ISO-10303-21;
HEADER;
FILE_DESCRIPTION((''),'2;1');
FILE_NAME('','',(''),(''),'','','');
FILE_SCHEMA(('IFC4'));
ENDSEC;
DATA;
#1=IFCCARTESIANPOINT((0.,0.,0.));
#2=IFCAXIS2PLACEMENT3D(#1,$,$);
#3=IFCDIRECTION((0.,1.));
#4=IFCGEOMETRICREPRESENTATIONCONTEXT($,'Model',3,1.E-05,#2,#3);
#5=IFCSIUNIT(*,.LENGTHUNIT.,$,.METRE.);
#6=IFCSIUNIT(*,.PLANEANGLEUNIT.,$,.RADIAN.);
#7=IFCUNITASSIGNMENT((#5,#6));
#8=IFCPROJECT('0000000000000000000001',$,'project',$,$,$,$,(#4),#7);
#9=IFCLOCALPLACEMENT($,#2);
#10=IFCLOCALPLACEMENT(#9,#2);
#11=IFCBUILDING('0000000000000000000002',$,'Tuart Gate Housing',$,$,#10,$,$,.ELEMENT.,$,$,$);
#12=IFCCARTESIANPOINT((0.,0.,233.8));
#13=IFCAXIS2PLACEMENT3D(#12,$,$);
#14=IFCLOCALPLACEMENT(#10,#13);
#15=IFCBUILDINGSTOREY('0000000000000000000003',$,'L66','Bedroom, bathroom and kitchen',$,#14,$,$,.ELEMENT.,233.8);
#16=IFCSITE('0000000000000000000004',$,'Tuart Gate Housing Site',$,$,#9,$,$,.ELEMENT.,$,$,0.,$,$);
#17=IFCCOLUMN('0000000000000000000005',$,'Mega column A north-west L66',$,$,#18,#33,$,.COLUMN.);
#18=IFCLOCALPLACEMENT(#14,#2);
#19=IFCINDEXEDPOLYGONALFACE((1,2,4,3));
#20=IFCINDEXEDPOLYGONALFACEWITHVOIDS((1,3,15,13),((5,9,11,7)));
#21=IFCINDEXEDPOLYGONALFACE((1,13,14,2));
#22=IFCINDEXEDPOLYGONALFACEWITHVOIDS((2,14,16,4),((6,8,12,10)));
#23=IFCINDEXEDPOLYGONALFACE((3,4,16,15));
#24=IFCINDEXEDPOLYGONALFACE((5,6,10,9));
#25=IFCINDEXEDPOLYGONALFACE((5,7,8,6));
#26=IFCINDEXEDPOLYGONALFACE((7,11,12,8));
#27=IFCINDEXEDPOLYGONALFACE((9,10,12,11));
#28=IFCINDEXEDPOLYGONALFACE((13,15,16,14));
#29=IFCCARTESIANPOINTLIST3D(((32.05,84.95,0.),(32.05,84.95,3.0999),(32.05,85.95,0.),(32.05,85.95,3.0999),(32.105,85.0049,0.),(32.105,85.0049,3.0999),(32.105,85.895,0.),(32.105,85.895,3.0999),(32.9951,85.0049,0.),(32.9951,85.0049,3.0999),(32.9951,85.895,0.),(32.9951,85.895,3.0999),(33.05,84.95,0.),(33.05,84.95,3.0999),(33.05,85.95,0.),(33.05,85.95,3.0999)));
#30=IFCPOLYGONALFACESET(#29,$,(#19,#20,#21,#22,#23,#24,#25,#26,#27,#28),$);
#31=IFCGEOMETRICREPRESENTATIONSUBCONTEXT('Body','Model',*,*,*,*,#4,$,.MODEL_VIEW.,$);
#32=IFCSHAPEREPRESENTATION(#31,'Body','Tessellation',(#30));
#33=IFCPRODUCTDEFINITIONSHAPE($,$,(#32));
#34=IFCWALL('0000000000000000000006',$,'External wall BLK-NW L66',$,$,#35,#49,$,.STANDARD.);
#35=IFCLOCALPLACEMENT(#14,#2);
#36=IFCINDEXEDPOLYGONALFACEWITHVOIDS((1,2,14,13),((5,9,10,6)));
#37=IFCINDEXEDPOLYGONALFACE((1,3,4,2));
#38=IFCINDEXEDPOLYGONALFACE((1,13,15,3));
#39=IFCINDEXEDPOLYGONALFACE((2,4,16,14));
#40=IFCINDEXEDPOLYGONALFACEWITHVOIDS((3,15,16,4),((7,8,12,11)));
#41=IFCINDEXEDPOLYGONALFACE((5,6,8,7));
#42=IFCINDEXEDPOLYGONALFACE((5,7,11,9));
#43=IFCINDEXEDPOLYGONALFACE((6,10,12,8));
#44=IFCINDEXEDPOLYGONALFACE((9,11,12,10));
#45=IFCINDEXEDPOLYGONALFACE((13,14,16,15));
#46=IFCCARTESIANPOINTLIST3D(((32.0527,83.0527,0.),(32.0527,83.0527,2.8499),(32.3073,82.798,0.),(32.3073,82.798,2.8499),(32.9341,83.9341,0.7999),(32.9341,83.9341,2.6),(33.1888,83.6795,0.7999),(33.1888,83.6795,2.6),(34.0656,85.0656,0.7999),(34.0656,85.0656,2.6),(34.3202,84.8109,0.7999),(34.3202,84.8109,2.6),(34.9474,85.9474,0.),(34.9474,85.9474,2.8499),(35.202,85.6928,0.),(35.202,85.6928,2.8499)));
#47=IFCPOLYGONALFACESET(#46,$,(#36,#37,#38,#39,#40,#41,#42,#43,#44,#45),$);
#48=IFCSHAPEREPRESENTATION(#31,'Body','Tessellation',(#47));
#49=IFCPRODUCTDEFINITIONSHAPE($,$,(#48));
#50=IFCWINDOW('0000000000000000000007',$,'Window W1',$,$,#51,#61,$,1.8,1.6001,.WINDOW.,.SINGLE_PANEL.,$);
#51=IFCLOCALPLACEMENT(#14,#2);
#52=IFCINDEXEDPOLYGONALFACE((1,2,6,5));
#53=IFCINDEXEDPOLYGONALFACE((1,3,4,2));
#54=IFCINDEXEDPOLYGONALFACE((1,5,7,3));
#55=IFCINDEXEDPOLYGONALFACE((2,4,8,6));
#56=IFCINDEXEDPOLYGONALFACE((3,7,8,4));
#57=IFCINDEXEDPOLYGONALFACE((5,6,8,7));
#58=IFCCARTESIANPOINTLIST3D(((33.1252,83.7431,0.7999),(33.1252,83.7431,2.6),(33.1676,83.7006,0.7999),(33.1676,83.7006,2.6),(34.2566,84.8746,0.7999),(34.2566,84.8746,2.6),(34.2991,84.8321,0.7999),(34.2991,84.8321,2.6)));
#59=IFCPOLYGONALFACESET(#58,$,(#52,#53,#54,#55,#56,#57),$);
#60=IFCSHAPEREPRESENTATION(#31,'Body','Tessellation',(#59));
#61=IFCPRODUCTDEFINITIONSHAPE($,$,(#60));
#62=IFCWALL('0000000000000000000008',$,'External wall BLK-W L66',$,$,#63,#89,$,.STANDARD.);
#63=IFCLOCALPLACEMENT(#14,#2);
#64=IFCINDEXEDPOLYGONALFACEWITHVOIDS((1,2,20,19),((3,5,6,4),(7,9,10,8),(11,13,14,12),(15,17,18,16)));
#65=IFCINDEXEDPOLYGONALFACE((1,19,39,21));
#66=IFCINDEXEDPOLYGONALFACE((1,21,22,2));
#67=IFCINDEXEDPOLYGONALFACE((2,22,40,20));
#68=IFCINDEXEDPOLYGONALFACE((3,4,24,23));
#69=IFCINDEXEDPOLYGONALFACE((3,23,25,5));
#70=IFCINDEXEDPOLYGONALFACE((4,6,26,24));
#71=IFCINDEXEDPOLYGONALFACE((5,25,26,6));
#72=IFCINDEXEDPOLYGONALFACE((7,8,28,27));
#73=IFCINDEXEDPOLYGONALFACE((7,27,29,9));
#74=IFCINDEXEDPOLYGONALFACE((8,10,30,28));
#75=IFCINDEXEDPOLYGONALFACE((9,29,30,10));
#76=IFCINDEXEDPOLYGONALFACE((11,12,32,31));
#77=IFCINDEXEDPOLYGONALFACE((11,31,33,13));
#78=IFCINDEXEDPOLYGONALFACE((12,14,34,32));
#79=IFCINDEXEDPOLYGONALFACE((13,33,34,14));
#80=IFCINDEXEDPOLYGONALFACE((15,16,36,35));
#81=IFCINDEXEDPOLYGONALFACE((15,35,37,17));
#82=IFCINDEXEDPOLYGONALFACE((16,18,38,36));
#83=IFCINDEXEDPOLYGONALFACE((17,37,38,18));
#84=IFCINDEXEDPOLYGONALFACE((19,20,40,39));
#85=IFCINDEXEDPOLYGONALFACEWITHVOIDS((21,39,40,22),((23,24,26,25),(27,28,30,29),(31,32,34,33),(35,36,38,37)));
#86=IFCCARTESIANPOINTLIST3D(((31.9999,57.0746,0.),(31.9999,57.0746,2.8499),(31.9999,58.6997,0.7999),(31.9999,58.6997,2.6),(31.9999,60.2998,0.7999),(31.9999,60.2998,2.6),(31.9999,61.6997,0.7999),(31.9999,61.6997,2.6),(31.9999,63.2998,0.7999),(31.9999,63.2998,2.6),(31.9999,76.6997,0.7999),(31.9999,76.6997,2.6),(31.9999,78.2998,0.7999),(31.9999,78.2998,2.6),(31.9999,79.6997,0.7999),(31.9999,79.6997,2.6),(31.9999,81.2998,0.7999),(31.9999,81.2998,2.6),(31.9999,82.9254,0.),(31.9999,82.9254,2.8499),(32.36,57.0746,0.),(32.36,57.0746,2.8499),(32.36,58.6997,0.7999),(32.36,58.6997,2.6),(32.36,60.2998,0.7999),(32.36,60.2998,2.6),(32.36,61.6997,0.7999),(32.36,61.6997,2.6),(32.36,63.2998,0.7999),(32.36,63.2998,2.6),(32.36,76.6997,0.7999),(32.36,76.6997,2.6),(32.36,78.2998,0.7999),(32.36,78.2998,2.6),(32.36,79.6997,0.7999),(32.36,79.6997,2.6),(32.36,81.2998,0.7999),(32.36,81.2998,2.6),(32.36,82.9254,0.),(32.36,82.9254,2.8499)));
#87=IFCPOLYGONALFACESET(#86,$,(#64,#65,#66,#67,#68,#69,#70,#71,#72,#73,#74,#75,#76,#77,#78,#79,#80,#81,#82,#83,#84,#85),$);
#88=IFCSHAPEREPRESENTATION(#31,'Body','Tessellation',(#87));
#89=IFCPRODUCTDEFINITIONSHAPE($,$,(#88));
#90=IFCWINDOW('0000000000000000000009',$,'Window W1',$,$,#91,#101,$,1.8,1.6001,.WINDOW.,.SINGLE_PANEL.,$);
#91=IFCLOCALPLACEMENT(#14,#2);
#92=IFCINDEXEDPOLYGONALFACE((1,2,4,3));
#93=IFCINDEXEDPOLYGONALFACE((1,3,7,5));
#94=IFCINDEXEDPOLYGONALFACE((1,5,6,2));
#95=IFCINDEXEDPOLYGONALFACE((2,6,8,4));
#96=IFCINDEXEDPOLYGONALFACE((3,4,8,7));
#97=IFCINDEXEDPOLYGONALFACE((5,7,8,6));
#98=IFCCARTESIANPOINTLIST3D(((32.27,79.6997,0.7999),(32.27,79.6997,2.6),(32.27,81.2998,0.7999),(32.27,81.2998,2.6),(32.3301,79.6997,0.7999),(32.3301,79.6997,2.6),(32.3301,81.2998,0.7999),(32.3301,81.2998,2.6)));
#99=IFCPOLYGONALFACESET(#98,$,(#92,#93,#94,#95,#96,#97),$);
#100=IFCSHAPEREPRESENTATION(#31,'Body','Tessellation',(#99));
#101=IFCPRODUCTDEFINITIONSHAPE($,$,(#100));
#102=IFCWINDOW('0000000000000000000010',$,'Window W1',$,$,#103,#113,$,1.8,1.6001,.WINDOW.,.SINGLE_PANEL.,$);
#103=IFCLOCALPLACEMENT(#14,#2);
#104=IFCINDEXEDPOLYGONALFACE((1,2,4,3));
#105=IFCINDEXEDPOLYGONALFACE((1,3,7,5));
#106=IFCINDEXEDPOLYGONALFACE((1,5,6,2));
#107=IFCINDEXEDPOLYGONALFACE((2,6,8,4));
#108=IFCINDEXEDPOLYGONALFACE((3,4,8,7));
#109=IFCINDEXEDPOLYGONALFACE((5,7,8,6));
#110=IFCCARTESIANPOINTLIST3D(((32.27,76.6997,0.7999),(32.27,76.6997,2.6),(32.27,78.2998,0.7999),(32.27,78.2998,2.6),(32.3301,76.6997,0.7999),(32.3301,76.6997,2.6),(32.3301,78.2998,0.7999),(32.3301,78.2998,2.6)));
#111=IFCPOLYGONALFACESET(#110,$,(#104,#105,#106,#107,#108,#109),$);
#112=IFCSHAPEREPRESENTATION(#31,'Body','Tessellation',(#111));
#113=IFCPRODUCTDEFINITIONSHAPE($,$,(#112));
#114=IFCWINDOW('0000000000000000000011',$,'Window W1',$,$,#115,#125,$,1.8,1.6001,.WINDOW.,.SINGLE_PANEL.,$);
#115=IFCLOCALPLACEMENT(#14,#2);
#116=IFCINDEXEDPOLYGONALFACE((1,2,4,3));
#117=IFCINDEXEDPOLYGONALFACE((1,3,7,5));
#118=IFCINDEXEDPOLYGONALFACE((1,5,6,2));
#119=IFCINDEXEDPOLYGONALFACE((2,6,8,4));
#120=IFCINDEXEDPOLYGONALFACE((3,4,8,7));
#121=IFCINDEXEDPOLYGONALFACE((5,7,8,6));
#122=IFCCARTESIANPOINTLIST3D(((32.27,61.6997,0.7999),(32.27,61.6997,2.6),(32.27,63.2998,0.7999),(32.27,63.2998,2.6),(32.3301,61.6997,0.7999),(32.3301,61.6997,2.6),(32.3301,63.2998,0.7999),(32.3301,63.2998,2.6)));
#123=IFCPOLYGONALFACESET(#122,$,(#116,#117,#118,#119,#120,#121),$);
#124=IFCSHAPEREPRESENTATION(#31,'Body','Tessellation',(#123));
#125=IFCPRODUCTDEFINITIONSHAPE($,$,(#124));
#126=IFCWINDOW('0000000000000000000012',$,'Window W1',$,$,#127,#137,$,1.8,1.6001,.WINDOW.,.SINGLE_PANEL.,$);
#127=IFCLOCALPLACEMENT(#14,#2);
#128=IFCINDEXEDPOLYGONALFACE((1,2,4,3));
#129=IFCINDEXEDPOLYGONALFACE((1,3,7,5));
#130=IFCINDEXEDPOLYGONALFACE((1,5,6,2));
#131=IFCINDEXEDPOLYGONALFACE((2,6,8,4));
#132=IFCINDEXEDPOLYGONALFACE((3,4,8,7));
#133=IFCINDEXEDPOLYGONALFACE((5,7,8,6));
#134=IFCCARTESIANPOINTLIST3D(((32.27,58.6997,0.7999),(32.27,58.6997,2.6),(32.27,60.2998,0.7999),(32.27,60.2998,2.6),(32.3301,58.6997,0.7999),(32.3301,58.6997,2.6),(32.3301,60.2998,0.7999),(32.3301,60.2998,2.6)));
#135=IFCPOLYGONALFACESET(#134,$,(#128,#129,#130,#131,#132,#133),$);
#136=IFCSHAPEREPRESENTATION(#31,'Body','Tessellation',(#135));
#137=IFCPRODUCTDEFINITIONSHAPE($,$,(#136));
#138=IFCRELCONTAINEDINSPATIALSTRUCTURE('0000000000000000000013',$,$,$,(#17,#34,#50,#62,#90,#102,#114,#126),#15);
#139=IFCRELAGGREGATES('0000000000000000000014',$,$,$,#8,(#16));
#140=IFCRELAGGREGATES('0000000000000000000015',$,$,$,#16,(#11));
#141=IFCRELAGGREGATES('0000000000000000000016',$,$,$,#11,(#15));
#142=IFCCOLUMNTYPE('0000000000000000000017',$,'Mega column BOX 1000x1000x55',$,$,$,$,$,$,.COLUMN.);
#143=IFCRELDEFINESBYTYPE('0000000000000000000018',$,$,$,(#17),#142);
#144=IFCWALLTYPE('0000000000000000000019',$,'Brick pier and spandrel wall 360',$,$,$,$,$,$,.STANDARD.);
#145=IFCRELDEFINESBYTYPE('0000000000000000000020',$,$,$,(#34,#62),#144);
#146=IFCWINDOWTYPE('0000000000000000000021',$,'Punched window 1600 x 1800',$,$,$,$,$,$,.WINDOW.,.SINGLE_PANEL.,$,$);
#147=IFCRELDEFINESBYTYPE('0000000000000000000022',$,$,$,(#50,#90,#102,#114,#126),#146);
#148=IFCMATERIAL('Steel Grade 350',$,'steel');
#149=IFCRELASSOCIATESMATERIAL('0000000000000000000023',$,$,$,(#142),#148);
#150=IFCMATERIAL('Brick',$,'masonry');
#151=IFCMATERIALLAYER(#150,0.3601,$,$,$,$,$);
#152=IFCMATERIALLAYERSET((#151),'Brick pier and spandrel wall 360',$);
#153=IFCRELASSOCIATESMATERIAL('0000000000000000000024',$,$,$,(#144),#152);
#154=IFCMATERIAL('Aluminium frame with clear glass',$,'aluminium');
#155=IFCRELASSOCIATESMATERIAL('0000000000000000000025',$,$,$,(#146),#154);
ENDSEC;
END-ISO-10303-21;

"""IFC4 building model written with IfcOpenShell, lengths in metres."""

from ifc_helpers import new_model, si_unit, direction, frame, frame_2d, origin, origin_2d, place, context, subcontext, project, spatial, rectangle, hollow_rectangle, extrude, material, layer, layer_set, material_profile, profile_set, type_object, element, fill, save


model = new_model("IFC4")

# Units and contexts
model_context = context("Model", 3, precision=1e-05, world=origin(), true_north=direction((0.0, 1.0)))
body_context = subcontext(model_context, "Body", "Model", "MODEL_VIEW")
ifc_project = project(units=[si_unit("LENGTHUNIT", "METRE"), si_unit("PLANEANGLEUNIT", "RADIAN")], contexts=[model_context])

# Site, building, storey
site_placement = place(None, origin())
site = spatial("IfcSite", under=ifc_project, at=site_placement, Name="Tuart Gate Housing Site", CompositionType="ELEMENT", RefElevation=0.0)
building_placement = place(site_placement, origin())
building = spatial("IfcBuilding", under=site, at=building_placement, Name="Tuart Gate Housing", CompositionType="ELEMENT")
storey_placement = place(building_placement, frame((0.0, 0.0, 233.8)))
storey = spatial("IfcBuildingStorey", under=building, at=storey_placement, Name="L66", Description="Bedroom, bathroom and kitchen", CompositionType="ELEMENT", Elevation=233.8)

# Column
ifc_material_1 = material(Name="Steel Grade 350", Category="steel")
ifc_material_profile = material_profile(ifc_material_1, hollow_rectangle(XDim=1.0, YDim=1.0, WallThickness=0.0549, at=origin_2d()), Name="BOX 1000x1000x55")
ifc_profile_set = profile_set([ifc_material_profile], Name="Steel Grade 350")
column_type = type_object("IfcColumnType", Name="Mega column BOX 1000x1000x55", PredefinedType="COLUMN", material=ifc_profile_set)
column_placement = place(storey_placement, frame((32.55, 85.45, 0.0), z_axis=(0.0, 0.0, 1.0), x_axis=(1.0, 0.0, 0.0)))
element("IfcColumn", 1, at=column_placement, inside=storey, type_object=column_type, Name="Mega column A north-west L66", PredefinedType="COLUMN", context=body_context, shape_type="SweptSolid", body=[
    extrude(hollow_rectangle(XDim=1.0, YDim=1.0, WallThickness=0.0549, at=origin_2d()), origin(), (0.0, 0.0, 1.0), 3.0999),
])

# Wall, opening, window
ifc_material_2 = material(Name="Brick", Category="masonry")
ifc_layer_1 = layer(ifc_material_2, 0.3601)
ifc_layer_set_1 = layer_set([ifc_layer_1], Name="Brick pier and spandrel wall 360")
wall_type_1 = type_object("IfcWallType", Name="Brick pier and spandrel wall 360", PredefinedType="STANDARD", material=ifc_layer_set_1)
wall_1_placement = place(storey_placement, frame((35.0747, 85.8201, 0.0), z_axis=(0.0, 0.0, 1.0), x_axis=(-0.707107, -0.707107, 0.0)))
wall_1 = element("IfcWall", 2, at=wall_1_placement, inside=storey, type_object=wall_type_1, Name="External wall BLK-NW L66", PredefinedType="STANDARD", context=body_context, shape_type="SweptSolid", body=[
    extrude(rectangle(XDim=4.0938, YDim=0.3601, at=frame_2d((2.0469, 0.0))), origin(), (0.0, 0.0, 1.0), 2.8499),
])
opening_1_placement = place(wall_1_placement, frame((1.2471, 0.0, 0.8)))
opening_1 = element("IfcOpeningElement", 3, at=opening_1_placement, cuts=wall_1, PredefinedType="OPENING", context=body_context, shape_type="SweptSolid", body=[
    extrude(rectangle(XDim=1.6001, YDim=1.8, at=frame_2d((0.8, 0.8999))), frame((0.0, 0.1899, 0.0), z_axis=(0.0, -1.0, 0.0), x_axis=(1.0, 0.0, 0.0)), (0.0, 0.0, 1.0), 0.3801),
])
ifc_material_3 = material(Name="Aluminium frame with clear glass", Category="aluminium")
window_type = type_object("IfcWindowType", Name="Punched window 1600 x 1800", PartitioningType="SINGLE_PANEL", PredefinedType="WINDOW", material=ifc_material_3)
window_1_placement = place(opening_1_placement, origin())
window_1 = element("IfcWindow", 4, at=window_1_placement, inside=storey, type_object=window_type, Name="Window W1", OverallHeight=1.8, OverallWidth=1.6001, PartitioningType="SINGLE_PANEL", PredefinedType="WINDOW", context=body_context, shape_type="SweptSolid", body=[
    extrude(rectangle(XDim=1.6001, YDim=1.8, at=frame_2d((0.8, 0.8999))), frame((0.0, 0.1501, 0.0), z_axis=(0.0, -1.0, 0.0), x_axis=(1.0, 0.0, 0.0)), (0.0, 0.0, 1.0), 0.0601),
])
fill(opening_1, window_1)

# Wall, openings, windows
wall_2_placement = place(storey_placement, frame((32.1799, 82.9253, 0.0), z_axis=(0.0, 0.0, 1.0), x_axis=(0.0, -1.0, 0.0)))
wall_2 = element("IfcWall", 5, at=wall_2_placement, inside=storey, type_object=wall_type_1, Name="External wall BLK-W L66", PredefinedType="STANDARD", context=body_context, shape_type="SweptSolid", body=[
    extrude(rectangle(XDim=25.8508, YDim=0.3601, at=frame_2d((12.9253, 0.0))), origin(), (0.0, 0.0, 1.0), 2.8499),
])
opening_2_placement = place(wall_2_placement, frame((1.6255, 0.0, 0.8)))
opening_2 = element("IfcOpeningElement", 6, at=opening_2_placement, cuts=wall_2, PredefinedType="OPENING", context=body_context, shape_type="SweptSolid", body=[
    extrude(rectangle(XDim=1.6001, YDim=1.8, at=frame_2d((0.8, 0.8999))), frame((0.0, 0.1899, 0.0), z_axis=(0.0, -1.0, 0.0), x_axis=(1.0, 0.0, 0.0)), (0.0, 0.0, 1.0), 0.3801),
])
opening_3_placement = place(wall_2_placement, frame((4.6255, 0.0, 0.8)))
opening_3 = element("IfcOpeningElement", 7, at=opening_3_placement, cuts=wall_2, PredefinedType="OPENING", context=body_context, shape_type="SweptSolid", body=[
    extrude(rectangle(XDim=1.6001, YDim=1.8, at=frame_2d((0.8, 0.8999))), frame((0.0, 0.1899, 0.0), z_axis=(0.0, -1.0, 0.0), x_axis=(1.0, 0.0, 0.0)), (0.0, 0.0, 1.0), 0.3801),
])
opening_4_placement = place(wall_2_placement, frame((19.6255, 0.0, 0.8)))
opening_4 = element("IfcOpeningElement", 8, at=opening_4_placement, cuts=wall_2, PredefinedType="OPENING", context=body_context, shape_type="SweptSolid", body=[
    extrude(rectangle(XDim=1.6001, YDim=1.8, at=frame_2d((0.8, 0.8999))), frame((0.0, 0.1899, 0.0), z_axis=(0.0, -1.0, 0.0), x_axis=(1.0, 0.0, 0.0)), (0.0, 0.0, 1.0), 0.3801),
])
opening_5_placement = place(wall_2_placement, frame((22.6255, 0.0, 0.8)))
opening_5 = element("IfcOpeningElement", 9, at=opening_5_placement, cuts=wall_2, PredefinedType="OPENING", context=body_context, shape_type="SweptSolid", body=[
    extrude(rectangle(XDim=1.6001, YDim=1.8, at=frame_2d((0.8, 0.8999))), frame((0.0, 0.1899, 0.0), z_axis=(0.0, -1.0, 0.0), x_axis=(1.0, 0.0, 0.0)), (0.0, 0.0, 1.0), 0.3801),
])
window_2_placement = place(opening_2_placement, origin())
window_2 = element("IfcWindow", 10, at=window_2_placement, inside=storey, type_object=window_type, Name="Window W1", OverallHeight=1.8, OverallWidth=1.6001, PartitioningType="SINGLE_PANEL", PredefinedType="WINDOW", context=body_context, shape_type="SweptSolid", body=[
    extrude(rectangle(XDim=1.6001, YDim=1.8, at=frame_2d((0.8, 0.8999))), frame((0.0, 0.1501, 0.0), z_axis=(0.0, -1.0, 0.0), x_axis=(1.0, 0.0, 0.0)), (0.0, 0.0, 1.0), 0.0601),
])
fill(opening_2, window_2)
window_3_placement = place(opening_3_placement, origin())
window_3 = element("IfcWindow", 11, at=window_3_placement, inside=storey, type_object=window_type, Name="Window W1", OverallHeight=1.8, OverallWidth=1.6001, PartitioningType="SINGLE_PANEL", PredefinedType="WINDOW", context=body_context, shape_type="SweptSolid", body=[
    extrude(rectangle(XDim=1.6001, YDim=1.8, at=frame_2d((0.8, 0.8999))), frame((0.0, 0.1501, 0.0), z_axis=(0.0, -1.0, 0.0), x_axis=(1.0, 0.0, 0.0)), (0.0, 0.0, 1.0), 0.0601),
])
fill(opening_3, window_3)
window_4_placement = place(opening_4_placement, origin())
window_4 = element("IfcWindow", 12, at=window_4_placement, inside=storey, type_object=window_type, Name="Window W1", OverallHeight=1.8, OverallWidth=1.6001, PartitioningType="SINGLE_PANEL", PredefinedType="WINDOW", context=body_context, shape_type="SweptSolid", body=[
    extrude(rectangle(XDim=1.6001, YDim=1.8, at=frame_2d((0.8, 0.8999))), frame((0.0, 0.1501, 0.0), z_axis=(0.0, -1.0, 0.0), x_axis=(1.0, 0.0, 0.0)), (0.0, 0.0, 1.0), 0.0601),
])
fill(opening_4, window_4)
window_5_placement = place(opening_5_placement, origin())
window_5 = element("IfcWindow", 13, at=window_5_placement, inside=storey, type_object=window_type, Name="Window W1", OverallHeight=1.8, OverallWidth=1.6001, PartitioningType="SINGLE_PANEL", PredefinedType="WINDOW", context=body_context, shape_type="SweptSolid", body=[
    extrude(rectangle(XDim=1.6001, YDim=1.8, at=frame_2d((0.8, 0.8999))), frame((0.0, 0.1501, 0.0), z_axis=(0.0, -1.0, 0.0), x_axis=(1.0, 0.0, 0.0)), (0.0, 0.0, 1.0), 0.0601),
])
fill(opening_5, window_5)

save(model, "model.ifc")
